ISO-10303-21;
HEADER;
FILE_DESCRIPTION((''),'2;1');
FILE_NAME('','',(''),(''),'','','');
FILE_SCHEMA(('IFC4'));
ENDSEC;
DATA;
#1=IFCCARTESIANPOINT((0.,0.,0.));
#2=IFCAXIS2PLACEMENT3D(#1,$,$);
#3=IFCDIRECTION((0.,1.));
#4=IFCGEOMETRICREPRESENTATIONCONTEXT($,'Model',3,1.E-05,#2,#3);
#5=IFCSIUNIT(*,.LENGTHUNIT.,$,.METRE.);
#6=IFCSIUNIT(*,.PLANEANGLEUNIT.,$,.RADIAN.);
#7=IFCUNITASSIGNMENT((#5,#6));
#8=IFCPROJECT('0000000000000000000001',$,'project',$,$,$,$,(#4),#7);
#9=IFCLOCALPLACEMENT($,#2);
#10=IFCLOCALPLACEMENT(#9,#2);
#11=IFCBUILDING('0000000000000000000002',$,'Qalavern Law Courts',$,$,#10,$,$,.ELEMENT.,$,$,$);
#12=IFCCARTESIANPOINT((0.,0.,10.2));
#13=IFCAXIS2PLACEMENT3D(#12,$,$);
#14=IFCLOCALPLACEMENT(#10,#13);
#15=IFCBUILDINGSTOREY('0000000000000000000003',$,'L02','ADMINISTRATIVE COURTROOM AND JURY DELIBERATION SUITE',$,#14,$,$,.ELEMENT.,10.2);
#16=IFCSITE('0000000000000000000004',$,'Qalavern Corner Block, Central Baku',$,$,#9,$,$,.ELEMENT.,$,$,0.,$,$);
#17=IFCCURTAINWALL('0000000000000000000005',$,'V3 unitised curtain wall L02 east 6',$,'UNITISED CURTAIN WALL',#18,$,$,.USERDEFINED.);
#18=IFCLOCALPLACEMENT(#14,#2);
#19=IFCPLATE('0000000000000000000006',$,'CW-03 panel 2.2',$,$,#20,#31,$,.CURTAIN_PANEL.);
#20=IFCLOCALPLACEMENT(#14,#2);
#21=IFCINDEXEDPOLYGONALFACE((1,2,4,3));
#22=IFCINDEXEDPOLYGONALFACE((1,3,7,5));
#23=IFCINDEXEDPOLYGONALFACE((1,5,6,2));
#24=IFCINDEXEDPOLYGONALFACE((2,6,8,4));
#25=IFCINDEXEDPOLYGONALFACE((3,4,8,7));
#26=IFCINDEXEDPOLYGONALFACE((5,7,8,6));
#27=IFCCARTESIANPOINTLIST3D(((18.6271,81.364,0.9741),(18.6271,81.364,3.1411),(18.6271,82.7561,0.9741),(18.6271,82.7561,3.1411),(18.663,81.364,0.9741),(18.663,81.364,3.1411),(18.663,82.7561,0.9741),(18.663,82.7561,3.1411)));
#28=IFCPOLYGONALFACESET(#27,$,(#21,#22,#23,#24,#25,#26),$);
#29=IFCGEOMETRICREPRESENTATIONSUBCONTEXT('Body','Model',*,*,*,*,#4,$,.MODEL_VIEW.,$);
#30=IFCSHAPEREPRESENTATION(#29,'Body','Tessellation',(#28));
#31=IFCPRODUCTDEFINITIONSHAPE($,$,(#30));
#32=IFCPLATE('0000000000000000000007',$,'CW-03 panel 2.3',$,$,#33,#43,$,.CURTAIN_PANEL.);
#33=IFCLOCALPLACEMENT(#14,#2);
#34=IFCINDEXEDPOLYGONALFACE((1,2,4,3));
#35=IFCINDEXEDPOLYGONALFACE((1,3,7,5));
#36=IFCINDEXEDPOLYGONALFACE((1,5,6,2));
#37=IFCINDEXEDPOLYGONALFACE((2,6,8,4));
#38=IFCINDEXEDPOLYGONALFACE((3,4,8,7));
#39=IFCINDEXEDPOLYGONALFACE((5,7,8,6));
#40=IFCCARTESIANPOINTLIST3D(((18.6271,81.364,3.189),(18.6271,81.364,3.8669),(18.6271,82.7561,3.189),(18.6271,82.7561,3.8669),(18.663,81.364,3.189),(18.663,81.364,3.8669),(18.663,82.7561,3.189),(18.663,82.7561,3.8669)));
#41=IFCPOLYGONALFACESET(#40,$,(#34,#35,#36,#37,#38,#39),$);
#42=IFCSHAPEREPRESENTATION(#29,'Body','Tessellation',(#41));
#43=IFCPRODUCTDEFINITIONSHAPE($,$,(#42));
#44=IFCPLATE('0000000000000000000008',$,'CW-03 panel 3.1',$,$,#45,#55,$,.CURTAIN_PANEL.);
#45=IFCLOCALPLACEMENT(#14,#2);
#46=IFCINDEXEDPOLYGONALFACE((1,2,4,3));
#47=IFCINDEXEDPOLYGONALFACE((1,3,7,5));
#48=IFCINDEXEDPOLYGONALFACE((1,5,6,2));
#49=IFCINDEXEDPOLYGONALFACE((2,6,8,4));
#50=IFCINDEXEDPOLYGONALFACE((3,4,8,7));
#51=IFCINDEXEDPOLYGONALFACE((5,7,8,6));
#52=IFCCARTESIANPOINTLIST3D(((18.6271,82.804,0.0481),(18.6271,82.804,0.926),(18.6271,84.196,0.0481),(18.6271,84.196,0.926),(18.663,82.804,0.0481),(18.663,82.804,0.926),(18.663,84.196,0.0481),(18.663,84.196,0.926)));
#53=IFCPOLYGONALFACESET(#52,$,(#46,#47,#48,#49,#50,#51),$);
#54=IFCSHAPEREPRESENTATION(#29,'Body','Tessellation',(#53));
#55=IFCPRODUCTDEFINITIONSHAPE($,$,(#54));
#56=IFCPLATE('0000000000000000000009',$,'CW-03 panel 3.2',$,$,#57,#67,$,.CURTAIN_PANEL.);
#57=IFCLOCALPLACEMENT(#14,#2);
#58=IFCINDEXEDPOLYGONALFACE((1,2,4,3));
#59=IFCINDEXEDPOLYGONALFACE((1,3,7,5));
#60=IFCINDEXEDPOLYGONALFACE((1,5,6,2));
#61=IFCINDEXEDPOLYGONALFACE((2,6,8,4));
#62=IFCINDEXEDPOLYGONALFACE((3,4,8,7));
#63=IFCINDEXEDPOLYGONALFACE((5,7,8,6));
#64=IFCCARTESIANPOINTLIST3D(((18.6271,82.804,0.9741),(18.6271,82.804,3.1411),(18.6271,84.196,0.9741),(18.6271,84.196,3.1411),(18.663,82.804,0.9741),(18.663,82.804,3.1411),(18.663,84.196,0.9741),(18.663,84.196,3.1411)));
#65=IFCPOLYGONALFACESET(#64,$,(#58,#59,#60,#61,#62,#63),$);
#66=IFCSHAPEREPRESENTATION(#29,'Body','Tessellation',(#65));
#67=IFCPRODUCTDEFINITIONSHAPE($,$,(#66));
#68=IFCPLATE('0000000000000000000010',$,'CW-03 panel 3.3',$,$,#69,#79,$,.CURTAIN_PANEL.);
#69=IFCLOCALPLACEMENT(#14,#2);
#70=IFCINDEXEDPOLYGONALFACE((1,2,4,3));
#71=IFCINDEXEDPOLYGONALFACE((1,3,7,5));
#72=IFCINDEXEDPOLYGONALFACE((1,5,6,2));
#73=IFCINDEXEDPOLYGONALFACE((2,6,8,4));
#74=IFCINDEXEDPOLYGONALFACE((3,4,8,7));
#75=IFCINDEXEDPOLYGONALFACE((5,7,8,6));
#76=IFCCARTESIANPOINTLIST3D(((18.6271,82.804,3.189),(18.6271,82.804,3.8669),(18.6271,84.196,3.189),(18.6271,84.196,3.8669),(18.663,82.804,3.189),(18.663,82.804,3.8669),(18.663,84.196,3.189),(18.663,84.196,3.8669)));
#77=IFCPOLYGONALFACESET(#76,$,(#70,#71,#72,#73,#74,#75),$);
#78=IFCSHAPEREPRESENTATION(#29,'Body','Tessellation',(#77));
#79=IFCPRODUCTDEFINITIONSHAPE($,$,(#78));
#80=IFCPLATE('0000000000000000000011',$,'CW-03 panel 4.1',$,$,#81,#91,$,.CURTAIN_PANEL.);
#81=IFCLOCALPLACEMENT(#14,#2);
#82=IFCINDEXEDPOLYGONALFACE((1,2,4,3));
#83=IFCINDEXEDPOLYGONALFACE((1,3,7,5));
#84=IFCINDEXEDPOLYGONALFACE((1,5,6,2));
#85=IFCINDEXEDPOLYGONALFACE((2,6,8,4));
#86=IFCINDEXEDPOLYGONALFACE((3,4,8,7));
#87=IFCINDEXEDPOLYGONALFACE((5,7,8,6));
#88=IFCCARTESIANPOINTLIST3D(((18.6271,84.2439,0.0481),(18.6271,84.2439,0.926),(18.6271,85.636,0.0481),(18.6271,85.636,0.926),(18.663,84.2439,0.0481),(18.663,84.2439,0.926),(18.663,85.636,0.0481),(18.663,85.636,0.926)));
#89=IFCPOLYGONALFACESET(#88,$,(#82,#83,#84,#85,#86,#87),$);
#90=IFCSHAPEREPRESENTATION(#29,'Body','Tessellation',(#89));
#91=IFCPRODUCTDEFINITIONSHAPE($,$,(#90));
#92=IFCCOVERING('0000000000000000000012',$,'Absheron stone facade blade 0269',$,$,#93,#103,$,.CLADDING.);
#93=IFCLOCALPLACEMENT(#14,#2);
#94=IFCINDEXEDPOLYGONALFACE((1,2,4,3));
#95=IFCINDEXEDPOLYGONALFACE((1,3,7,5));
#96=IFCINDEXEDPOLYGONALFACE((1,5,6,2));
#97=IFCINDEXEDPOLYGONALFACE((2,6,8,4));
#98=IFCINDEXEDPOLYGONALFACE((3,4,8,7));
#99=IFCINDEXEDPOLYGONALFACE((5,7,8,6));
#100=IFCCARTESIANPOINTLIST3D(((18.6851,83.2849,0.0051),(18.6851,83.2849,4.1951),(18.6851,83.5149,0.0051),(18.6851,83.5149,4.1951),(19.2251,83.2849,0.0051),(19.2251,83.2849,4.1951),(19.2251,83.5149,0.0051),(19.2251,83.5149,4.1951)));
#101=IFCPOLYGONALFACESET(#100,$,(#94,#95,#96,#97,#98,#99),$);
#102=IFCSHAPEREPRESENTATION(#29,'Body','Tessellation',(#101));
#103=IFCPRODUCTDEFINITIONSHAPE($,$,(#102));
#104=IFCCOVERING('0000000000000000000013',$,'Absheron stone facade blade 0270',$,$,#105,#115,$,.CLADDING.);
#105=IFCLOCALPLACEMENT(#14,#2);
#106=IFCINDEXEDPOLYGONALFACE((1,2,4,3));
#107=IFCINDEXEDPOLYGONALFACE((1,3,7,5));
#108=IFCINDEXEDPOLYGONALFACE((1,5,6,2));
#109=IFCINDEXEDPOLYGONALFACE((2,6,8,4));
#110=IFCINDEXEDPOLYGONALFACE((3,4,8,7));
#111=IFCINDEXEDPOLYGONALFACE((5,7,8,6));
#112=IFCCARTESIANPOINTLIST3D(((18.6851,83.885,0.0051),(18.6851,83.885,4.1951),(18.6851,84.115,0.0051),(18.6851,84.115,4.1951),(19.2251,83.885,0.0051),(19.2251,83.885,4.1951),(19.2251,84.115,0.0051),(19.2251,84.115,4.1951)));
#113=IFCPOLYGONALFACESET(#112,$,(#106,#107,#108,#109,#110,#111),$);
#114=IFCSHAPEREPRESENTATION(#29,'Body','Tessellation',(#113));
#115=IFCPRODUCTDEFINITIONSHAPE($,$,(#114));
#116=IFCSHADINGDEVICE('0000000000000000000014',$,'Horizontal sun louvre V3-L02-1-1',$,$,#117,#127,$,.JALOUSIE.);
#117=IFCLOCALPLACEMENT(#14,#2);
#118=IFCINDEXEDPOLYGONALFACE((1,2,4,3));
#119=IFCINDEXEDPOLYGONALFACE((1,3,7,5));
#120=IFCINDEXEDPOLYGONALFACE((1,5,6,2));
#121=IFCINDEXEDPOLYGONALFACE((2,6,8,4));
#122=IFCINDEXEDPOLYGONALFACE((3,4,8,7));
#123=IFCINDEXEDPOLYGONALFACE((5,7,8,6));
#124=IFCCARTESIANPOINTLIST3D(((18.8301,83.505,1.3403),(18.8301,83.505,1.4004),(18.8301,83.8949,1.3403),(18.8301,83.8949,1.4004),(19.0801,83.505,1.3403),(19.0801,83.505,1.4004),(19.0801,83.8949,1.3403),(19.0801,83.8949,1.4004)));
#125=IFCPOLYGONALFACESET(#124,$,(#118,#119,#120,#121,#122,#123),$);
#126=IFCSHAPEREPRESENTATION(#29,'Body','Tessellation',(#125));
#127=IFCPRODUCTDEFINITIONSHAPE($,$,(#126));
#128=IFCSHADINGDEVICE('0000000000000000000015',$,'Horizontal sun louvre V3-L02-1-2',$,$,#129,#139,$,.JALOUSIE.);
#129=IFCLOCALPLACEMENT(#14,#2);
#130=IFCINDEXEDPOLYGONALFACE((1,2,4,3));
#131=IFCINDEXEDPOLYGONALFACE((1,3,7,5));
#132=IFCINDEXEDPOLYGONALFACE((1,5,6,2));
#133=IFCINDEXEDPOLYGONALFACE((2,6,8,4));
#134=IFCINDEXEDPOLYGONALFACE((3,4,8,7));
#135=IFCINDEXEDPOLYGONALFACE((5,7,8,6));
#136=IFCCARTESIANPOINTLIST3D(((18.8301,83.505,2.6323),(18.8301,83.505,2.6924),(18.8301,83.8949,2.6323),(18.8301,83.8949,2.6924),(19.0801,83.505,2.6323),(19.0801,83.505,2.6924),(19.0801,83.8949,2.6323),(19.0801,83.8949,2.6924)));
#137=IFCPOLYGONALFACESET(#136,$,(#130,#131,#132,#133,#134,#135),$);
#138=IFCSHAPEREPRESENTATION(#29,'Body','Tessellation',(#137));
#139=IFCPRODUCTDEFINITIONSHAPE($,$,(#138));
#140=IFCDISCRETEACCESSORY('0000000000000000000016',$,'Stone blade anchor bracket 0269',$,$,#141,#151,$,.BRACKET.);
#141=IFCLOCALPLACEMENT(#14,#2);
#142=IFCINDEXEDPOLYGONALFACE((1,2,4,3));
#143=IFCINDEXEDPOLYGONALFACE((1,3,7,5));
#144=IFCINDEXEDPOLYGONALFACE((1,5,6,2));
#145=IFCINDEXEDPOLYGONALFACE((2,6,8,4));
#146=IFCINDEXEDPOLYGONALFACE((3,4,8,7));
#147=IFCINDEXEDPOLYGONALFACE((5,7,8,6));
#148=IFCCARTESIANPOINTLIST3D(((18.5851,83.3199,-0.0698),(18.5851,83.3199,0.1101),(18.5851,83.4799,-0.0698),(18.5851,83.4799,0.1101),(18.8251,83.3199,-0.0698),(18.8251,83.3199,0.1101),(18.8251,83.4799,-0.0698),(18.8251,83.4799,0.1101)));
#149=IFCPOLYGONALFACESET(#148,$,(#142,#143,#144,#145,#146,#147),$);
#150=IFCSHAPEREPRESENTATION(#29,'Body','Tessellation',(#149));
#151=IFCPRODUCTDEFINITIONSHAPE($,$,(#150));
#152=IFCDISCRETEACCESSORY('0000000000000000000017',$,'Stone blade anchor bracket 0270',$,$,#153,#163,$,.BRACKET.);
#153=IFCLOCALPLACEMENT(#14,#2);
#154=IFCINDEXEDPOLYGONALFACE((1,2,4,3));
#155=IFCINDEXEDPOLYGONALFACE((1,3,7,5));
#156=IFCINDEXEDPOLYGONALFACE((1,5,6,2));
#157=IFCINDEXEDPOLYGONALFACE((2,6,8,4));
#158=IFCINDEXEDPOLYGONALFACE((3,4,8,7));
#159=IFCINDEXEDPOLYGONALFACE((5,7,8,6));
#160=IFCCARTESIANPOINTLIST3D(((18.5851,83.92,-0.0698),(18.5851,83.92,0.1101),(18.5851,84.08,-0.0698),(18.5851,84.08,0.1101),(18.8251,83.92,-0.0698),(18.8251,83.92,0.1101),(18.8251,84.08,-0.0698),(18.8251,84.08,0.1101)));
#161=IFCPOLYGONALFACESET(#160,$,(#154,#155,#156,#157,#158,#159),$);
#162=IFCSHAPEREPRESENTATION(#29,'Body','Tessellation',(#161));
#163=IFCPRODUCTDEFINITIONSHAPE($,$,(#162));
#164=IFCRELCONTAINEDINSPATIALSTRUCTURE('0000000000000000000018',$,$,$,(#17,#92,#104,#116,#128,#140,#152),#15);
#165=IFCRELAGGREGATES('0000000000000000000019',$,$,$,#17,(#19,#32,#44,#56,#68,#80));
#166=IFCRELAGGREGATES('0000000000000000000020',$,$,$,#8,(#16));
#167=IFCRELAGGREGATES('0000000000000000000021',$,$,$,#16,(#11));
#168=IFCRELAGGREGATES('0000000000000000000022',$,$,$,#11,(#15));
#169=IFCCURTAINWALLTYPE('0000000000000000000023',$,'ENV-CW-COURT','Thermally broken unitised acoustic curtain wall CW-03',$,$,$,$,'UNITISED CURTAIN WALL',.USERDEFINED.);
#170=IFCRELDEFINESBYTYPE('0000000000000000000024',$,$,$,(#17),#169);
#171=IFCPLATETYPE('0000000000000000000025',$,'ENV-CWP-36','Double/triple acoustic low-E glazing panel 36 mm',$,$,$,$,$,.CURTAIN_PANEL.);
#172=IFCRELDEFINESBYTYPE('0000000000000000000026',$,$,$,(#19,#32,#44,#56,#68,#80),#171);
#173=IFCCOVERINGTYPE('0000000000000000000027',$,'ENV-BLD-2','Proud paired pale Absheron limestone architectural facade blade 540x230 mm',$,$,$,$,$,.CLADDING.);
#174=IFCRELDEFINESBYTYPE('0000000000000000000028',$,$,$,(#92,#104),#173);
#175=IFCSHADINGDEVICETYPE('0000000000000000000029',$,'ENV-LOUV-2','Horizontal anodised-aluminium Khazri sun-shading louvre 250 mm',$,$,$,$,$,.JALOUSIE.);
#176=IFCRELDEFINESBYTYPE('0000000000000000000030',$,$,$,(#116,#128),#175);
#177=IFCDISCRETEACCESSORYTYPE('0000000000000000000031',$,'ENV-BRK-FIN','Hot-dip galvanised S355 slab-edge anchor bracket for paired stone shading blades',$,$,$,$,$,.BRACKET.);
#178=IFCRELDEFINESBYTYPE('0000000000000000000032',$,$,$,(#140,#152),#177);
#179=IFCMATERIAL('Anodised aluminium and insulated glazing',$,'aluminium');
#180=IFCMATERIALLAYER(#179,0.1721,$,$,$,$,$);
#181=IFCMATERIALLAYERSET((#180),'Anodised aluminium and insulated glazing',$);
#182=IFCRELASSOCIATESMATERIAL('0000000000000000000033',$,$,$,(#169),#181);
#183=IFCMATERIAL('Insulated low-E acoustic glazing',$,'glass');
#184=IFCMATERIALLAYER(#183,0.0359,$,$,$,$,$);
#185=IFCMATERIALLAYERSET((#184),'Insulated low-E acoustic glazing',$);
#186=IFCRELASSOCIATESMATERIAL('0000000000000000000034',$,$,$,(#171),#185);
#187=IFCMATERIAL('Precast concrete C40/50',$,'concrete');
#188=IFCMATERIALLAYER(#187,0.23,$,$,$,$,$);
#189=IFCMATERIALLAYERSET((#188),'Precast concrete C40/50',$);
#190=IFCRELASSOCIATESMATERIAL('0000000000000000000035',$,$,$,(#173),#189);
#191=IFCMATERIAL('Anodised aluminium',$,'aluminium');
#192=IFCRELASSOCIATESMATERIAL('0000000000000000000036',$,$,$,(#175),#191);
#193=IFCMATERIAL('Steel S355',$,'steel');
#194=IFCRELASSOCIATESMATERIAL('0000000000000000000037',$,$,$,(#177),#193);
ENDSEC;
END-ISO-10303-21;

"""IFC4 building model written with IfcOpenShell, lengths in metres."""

from ifc_helpers import new_model, si_unit, direction, frame, origin, origin_2d, place, context, subcontext, project, spatial, rectangle, extrude, material, layer, layer_set, type_object, element, aggregate, save


model = new_model("IFC4")

# Units and contexts
model_context = context("Model", 3, precision=1e-05, world=origin(), true_north=direction((0.0, 1.0)))
body_context = subcontext(model_context, "Body", "Model", "MODEL_VIEW")
ifc_project = project(units=[si_unit("LENGTHUNIT", "METRE"), si_unit("PLANEANGLEUNIT", "RADIAN")], contexts=[model_context])

# Site, building, storey
site_placement = place(None, origin())
site = spatial("IfcSite", under=ifc_project, at=site_placement, Name="Qalavern Corner Block, Central Baku", CompositionType="ELEMENT", RefElevation=0.0)
building_placement = place(site_placement, origin())
building = spatial("IfcBuilding", under=site, at=building_placement, Name="Qalavern Law Courts", CompositionType="ELEMENT")
storey_placement = place(building_placement, frame((0.0, 0.0, 10.2)))
storey = spatial("IfcBuildingStorey", under=building, at=storey_placement, Name="L02", Description="ADMINISTRATIVE COURTROOM AND JURY DELIBERATION SUITE", CompositionType="ELEMENT", Elevation=10.2)

# Curtain wall, plates
ifc_material_1 = material(Name="Anodised aluminium and insulated glazing", Category="aluminium")
ifc_layer_1 = layer(ifc_material_1, 0.1721)
ifc_layer_set_1 = layer_set([ifc_layer_1], Name="Anodised aluminium and insulated glazing")
curtain_wall_type = type_object("IfcCurtainWallType", Name="ENV-CW-COURT", Description="Thermally broken unitised acoustic curtain wall CW-03", ElementType="UNITISED CURTAIN WALL", PredefinedType="USERDEFINED", material=ifc_layer_set_1)
curtain_wall_placement = place(storey_placement, origin())
curtain_wall = element("IfcCurtainWall", 1, at=curtain_wall_placement, inside=storey, type_object=curtain_wall_type, Name="V3 unitised curtain wall L02 east 6", ObjectType="UNITISED CURTAIN WALL", PredefinedType="USERDEFINED")
ifc_material_2 = material(Name="Anodised aluminium", Category="aluminium")
ifc_material_3 = material(Name="Insulated low-E acoustic glazing", Category="glass")
ifc_layer_2 = layer(ifc_material_3, 0.0359)
ifc_layer_set_2 = layer_set([ifc_layer_2], Name="Insulated low-E acoustic glazing")
plate_type = type_object("IfcPlateType", Name="ENV-CWP-36", Description="Double/triple acoustic low-E glazing panel 36 mm", PredefinedType="CURTAIN_PANEL", material=ifc_layer_set_2)
plate_1_placement = place(storey_placement, frame((18.645, 82.0601, 0.9741), z_axis=(0.0, 0.0, 1.0), x_axis=(0.0, 1.0, 0.0)))
plate_1 = element("IfcPlate", 2, at=plate_1_placement, type_object=plate_type, Name="CW-03 panel 2.2", PredefinedType="CURTAIN_PANEL", context=body_context, shape_type="SweptSolid", body=[
    extrude(rectangle(XDim=1.3921, YDim=0.0359, at=origin_2d()), origin(), (0.0, 0.0, 1.0), 2.167),
])
plate_2_placement = place(storey_placement, frame((18.645, 82.0601, 3.189), z_axis=(0.0, 0.0, 1.0), x_axis=(0.0, 1.0, 0.0)))
plate_2 = element("IfcPlate", 3, at=plate_2_placement, type_object=plate_type, Name="CW-03 panel 2.3", PredefinedType="CURTAIN_PANEL", context=body_context, shape_type="SweptSolid", body=[
    extrude(rectangle(XDim=1.3921, YDim=0.0359, at=origin_2d()), origin(), (0.0, 0.0, 1.0), 0.678),
])
plate_3_placement = place(storey_placement, frame((18.645, 83.5, 0.0481), z_axis=(0.0, 0.0, 1.0), x_axis=(0.0, 1.0, 0.0)))
plate_3 = element("IfcPlate", 4, at=plate_3_placement, type_object=plate_type, Name="CW-03 panel 3.1", PredefinedType="CURTAIN_PANEL", context=body_context, shape_type="SweptSolid", body=[
    extrude(rectangle(XDim=1.3921, YDim=0.0359, at=origin_2d()), origin(), (0.0, 0.0, 1.0), 0.8779),
])
plate_4_placement = place(storey_placement, frame((18.645, 83.5, 0.9741), z_axis=(0.0, 0.0, 1.0), x_axis=(0.0, 1.0, 0.0)))
plate_4 = element("IfcPlate", 5, at=plate_4_placement, type_object=plate_type, Name="CW-03 panel 3.2", PredefinedType="CURTAIN_PANEL", context=body_context, shape_type="SweptSolid", body=[
    extrude(rectangle(XDim=1.3921, YDim=0.0359, at=origin_2d()), origin(), (0.0, 0.0, 1.0), 2.167),
])
plate_5_placement = place(storey_placement, frame((18.645, 83.5, 3.189), z_axis=(0.0, 0.0, 1.0), x_axis=(0.0, 1.0, 0.0)))
plate_5 = element("IfcPlate", 6, at=plate_5_placement, type_object=plate_type, Name="CW-03 panel 3.3", PredefinedType="CURTAIN_PANEL", context=body_context, shape_type="SweptSolid", body=[
    extrude(rectangle(XDim=1.3921, YDim=0.0359, at=origin_2d()), origin(), (0.0, 0.0, 1.0), 0.678),
])
plate_6_placement = place(storey_placement, frame((18.645, 84.9399, 0.0481), z_axis=(0.0, 0.0, 1.0), x_axis=(0.0, 1.0, 0.0)))
plate_6 = element("IfcPlate", 7, at=plate_6_placement, type_object=plate_type, Name="CW-03 panel 4.1", PredefinedType="CURTAIN_PANEL", context=body_context, shape_type="SweptSolid", body=[
    extrude(rectangle(XDim=1.3921, YDim=0.0359, at=origin_2d()), origin(), (0.0, 0.0, 1.0), 0.8779),
])
aggregate(curtain_wall, [plate_1, plate_2, plate_3, plate_4, plate_5, plate_6])

# Coverings
ifc_material_4 = material(Name="Precast concrete C40/50", Category="concrete")
ifc_layer_3 = layer(ifc_material_4, 0.23)
ifc_layer_set_3 = layer_set([ifc_layer_3], Name="Precast concrete C40/50")
covering_type = type_object("IfcCoveringType", Name="ENV-BLD-2", Description="Proud paired pale Absheron limestone architectural facade blade 540x230 mm", PredefinedType="CLADDING", material=ifc_layer_set_3)
for number, where, z_axis, x_axis, name in (
    (8, (18.9551, 83.3999, 0.0051), (0.0, 0.0, 1.0), (1.0, 0.0, 0.0), "Absheron stone facade blade 0269"),
    (9, (18.9551, 84.0, 0.0051), (0.0, 0.0, 1.0), (1.0, 0.0, 0.0), "Absheron stone facade blade 0270"),
):
    element("IfcCovering", number, at=place(storey_placement, frame(where, z_axis=z_axis, x_axis=x_axis)), inside=storey, type_object=covering_type, Name=name, PredefinedType="CLADDING", context=body_context, shape_type="SweptSolid", body=[
        extrude(rectangle(XDim=0.54, YDim=0.23, at=origin_2d()), origin(), (0.0, 0.0, 1.0), 4.1899),
    ])

# Shading devices
shading_device_type = type_object("IfcShadingDeviceType", Name="ENV-LOUV-2", Description="Horizontal anodised-aluminium Khazri sun-shading louvre 250 mm", PredefinedType="JALOUSIE", material=ifc_material_2)
for number, where, z_axis, x_axis, name in (
    (10, (18.9551, 83.7, 1.3403), (0.0, 0.0, 1.0), (0.0, 1.0, 0.0), "Horizontal sun louvre V3-L02-1-1"),
    (11, (18.9551, 83.7, 2.6323), (0.0, 0.0, 1.0), (0.0, 1.0, 0.0), "Horizontal sun louvre V3-L02-1-2"),
):
    element("IfcShadingDevice", number, at=place(storey_placement, frame(where, z_axis=z_axis, x_axis=x_axis)), inside=storey, type_object=shading_device_type, Name=name, PredefinedType="JALOUSIE", context=body_context, shape_type="SweptSolid", body=[
        extrude(rectangle(XDim=0.3899, YDim=0.25, at=origin_2d()), origin(), (0.0, 0.0, 1.0), 0.0601),
    ])

# Discrete accessories
ifc_material_5 = material(Name="Steel S355", Category="steel")
discrete_accessory_type = type_object("IfcDiscreteAccessoryType", Name="ENV-BRK-FIN", Description="Hot-dip galvanised S355 slab-edge anchor bracket for paired stone shading blades", PredefinedType="BRACKET", material=ifc_material_5)
for number, where, z_axis, x_axis, name in (
    (12, (18.7051, 83.3999, -0.0698), (0.0, 0.0, 1.0), (1.0, 0.0, 0.0), "Stone blade anchor bracket 0269"),
    (13, (18.7051, 84.0, -0.0698), (0.0, 0.0, 1.0), (1.0, 0.0, 0.0), "Stone blade anchor bracket 0270"),
):
    element("IfcDiscreteAccessory", number, at=place(storey_placement, frame(where, z_axis=z_axis, x_axis=x_axis)), inside=storey, type_object=discrete_accessory_type, Name=name, PredefinedType="BRACKET", context=body_context, shape_type="SweptSolid", body=[
        extrude(rectangle(XDim=0.24, YDim=0.1599, at=origin_2d()), origin(), (0.0, 0.0, 1.0), 0.1799),
    ])

save(model, "model.ifc")
